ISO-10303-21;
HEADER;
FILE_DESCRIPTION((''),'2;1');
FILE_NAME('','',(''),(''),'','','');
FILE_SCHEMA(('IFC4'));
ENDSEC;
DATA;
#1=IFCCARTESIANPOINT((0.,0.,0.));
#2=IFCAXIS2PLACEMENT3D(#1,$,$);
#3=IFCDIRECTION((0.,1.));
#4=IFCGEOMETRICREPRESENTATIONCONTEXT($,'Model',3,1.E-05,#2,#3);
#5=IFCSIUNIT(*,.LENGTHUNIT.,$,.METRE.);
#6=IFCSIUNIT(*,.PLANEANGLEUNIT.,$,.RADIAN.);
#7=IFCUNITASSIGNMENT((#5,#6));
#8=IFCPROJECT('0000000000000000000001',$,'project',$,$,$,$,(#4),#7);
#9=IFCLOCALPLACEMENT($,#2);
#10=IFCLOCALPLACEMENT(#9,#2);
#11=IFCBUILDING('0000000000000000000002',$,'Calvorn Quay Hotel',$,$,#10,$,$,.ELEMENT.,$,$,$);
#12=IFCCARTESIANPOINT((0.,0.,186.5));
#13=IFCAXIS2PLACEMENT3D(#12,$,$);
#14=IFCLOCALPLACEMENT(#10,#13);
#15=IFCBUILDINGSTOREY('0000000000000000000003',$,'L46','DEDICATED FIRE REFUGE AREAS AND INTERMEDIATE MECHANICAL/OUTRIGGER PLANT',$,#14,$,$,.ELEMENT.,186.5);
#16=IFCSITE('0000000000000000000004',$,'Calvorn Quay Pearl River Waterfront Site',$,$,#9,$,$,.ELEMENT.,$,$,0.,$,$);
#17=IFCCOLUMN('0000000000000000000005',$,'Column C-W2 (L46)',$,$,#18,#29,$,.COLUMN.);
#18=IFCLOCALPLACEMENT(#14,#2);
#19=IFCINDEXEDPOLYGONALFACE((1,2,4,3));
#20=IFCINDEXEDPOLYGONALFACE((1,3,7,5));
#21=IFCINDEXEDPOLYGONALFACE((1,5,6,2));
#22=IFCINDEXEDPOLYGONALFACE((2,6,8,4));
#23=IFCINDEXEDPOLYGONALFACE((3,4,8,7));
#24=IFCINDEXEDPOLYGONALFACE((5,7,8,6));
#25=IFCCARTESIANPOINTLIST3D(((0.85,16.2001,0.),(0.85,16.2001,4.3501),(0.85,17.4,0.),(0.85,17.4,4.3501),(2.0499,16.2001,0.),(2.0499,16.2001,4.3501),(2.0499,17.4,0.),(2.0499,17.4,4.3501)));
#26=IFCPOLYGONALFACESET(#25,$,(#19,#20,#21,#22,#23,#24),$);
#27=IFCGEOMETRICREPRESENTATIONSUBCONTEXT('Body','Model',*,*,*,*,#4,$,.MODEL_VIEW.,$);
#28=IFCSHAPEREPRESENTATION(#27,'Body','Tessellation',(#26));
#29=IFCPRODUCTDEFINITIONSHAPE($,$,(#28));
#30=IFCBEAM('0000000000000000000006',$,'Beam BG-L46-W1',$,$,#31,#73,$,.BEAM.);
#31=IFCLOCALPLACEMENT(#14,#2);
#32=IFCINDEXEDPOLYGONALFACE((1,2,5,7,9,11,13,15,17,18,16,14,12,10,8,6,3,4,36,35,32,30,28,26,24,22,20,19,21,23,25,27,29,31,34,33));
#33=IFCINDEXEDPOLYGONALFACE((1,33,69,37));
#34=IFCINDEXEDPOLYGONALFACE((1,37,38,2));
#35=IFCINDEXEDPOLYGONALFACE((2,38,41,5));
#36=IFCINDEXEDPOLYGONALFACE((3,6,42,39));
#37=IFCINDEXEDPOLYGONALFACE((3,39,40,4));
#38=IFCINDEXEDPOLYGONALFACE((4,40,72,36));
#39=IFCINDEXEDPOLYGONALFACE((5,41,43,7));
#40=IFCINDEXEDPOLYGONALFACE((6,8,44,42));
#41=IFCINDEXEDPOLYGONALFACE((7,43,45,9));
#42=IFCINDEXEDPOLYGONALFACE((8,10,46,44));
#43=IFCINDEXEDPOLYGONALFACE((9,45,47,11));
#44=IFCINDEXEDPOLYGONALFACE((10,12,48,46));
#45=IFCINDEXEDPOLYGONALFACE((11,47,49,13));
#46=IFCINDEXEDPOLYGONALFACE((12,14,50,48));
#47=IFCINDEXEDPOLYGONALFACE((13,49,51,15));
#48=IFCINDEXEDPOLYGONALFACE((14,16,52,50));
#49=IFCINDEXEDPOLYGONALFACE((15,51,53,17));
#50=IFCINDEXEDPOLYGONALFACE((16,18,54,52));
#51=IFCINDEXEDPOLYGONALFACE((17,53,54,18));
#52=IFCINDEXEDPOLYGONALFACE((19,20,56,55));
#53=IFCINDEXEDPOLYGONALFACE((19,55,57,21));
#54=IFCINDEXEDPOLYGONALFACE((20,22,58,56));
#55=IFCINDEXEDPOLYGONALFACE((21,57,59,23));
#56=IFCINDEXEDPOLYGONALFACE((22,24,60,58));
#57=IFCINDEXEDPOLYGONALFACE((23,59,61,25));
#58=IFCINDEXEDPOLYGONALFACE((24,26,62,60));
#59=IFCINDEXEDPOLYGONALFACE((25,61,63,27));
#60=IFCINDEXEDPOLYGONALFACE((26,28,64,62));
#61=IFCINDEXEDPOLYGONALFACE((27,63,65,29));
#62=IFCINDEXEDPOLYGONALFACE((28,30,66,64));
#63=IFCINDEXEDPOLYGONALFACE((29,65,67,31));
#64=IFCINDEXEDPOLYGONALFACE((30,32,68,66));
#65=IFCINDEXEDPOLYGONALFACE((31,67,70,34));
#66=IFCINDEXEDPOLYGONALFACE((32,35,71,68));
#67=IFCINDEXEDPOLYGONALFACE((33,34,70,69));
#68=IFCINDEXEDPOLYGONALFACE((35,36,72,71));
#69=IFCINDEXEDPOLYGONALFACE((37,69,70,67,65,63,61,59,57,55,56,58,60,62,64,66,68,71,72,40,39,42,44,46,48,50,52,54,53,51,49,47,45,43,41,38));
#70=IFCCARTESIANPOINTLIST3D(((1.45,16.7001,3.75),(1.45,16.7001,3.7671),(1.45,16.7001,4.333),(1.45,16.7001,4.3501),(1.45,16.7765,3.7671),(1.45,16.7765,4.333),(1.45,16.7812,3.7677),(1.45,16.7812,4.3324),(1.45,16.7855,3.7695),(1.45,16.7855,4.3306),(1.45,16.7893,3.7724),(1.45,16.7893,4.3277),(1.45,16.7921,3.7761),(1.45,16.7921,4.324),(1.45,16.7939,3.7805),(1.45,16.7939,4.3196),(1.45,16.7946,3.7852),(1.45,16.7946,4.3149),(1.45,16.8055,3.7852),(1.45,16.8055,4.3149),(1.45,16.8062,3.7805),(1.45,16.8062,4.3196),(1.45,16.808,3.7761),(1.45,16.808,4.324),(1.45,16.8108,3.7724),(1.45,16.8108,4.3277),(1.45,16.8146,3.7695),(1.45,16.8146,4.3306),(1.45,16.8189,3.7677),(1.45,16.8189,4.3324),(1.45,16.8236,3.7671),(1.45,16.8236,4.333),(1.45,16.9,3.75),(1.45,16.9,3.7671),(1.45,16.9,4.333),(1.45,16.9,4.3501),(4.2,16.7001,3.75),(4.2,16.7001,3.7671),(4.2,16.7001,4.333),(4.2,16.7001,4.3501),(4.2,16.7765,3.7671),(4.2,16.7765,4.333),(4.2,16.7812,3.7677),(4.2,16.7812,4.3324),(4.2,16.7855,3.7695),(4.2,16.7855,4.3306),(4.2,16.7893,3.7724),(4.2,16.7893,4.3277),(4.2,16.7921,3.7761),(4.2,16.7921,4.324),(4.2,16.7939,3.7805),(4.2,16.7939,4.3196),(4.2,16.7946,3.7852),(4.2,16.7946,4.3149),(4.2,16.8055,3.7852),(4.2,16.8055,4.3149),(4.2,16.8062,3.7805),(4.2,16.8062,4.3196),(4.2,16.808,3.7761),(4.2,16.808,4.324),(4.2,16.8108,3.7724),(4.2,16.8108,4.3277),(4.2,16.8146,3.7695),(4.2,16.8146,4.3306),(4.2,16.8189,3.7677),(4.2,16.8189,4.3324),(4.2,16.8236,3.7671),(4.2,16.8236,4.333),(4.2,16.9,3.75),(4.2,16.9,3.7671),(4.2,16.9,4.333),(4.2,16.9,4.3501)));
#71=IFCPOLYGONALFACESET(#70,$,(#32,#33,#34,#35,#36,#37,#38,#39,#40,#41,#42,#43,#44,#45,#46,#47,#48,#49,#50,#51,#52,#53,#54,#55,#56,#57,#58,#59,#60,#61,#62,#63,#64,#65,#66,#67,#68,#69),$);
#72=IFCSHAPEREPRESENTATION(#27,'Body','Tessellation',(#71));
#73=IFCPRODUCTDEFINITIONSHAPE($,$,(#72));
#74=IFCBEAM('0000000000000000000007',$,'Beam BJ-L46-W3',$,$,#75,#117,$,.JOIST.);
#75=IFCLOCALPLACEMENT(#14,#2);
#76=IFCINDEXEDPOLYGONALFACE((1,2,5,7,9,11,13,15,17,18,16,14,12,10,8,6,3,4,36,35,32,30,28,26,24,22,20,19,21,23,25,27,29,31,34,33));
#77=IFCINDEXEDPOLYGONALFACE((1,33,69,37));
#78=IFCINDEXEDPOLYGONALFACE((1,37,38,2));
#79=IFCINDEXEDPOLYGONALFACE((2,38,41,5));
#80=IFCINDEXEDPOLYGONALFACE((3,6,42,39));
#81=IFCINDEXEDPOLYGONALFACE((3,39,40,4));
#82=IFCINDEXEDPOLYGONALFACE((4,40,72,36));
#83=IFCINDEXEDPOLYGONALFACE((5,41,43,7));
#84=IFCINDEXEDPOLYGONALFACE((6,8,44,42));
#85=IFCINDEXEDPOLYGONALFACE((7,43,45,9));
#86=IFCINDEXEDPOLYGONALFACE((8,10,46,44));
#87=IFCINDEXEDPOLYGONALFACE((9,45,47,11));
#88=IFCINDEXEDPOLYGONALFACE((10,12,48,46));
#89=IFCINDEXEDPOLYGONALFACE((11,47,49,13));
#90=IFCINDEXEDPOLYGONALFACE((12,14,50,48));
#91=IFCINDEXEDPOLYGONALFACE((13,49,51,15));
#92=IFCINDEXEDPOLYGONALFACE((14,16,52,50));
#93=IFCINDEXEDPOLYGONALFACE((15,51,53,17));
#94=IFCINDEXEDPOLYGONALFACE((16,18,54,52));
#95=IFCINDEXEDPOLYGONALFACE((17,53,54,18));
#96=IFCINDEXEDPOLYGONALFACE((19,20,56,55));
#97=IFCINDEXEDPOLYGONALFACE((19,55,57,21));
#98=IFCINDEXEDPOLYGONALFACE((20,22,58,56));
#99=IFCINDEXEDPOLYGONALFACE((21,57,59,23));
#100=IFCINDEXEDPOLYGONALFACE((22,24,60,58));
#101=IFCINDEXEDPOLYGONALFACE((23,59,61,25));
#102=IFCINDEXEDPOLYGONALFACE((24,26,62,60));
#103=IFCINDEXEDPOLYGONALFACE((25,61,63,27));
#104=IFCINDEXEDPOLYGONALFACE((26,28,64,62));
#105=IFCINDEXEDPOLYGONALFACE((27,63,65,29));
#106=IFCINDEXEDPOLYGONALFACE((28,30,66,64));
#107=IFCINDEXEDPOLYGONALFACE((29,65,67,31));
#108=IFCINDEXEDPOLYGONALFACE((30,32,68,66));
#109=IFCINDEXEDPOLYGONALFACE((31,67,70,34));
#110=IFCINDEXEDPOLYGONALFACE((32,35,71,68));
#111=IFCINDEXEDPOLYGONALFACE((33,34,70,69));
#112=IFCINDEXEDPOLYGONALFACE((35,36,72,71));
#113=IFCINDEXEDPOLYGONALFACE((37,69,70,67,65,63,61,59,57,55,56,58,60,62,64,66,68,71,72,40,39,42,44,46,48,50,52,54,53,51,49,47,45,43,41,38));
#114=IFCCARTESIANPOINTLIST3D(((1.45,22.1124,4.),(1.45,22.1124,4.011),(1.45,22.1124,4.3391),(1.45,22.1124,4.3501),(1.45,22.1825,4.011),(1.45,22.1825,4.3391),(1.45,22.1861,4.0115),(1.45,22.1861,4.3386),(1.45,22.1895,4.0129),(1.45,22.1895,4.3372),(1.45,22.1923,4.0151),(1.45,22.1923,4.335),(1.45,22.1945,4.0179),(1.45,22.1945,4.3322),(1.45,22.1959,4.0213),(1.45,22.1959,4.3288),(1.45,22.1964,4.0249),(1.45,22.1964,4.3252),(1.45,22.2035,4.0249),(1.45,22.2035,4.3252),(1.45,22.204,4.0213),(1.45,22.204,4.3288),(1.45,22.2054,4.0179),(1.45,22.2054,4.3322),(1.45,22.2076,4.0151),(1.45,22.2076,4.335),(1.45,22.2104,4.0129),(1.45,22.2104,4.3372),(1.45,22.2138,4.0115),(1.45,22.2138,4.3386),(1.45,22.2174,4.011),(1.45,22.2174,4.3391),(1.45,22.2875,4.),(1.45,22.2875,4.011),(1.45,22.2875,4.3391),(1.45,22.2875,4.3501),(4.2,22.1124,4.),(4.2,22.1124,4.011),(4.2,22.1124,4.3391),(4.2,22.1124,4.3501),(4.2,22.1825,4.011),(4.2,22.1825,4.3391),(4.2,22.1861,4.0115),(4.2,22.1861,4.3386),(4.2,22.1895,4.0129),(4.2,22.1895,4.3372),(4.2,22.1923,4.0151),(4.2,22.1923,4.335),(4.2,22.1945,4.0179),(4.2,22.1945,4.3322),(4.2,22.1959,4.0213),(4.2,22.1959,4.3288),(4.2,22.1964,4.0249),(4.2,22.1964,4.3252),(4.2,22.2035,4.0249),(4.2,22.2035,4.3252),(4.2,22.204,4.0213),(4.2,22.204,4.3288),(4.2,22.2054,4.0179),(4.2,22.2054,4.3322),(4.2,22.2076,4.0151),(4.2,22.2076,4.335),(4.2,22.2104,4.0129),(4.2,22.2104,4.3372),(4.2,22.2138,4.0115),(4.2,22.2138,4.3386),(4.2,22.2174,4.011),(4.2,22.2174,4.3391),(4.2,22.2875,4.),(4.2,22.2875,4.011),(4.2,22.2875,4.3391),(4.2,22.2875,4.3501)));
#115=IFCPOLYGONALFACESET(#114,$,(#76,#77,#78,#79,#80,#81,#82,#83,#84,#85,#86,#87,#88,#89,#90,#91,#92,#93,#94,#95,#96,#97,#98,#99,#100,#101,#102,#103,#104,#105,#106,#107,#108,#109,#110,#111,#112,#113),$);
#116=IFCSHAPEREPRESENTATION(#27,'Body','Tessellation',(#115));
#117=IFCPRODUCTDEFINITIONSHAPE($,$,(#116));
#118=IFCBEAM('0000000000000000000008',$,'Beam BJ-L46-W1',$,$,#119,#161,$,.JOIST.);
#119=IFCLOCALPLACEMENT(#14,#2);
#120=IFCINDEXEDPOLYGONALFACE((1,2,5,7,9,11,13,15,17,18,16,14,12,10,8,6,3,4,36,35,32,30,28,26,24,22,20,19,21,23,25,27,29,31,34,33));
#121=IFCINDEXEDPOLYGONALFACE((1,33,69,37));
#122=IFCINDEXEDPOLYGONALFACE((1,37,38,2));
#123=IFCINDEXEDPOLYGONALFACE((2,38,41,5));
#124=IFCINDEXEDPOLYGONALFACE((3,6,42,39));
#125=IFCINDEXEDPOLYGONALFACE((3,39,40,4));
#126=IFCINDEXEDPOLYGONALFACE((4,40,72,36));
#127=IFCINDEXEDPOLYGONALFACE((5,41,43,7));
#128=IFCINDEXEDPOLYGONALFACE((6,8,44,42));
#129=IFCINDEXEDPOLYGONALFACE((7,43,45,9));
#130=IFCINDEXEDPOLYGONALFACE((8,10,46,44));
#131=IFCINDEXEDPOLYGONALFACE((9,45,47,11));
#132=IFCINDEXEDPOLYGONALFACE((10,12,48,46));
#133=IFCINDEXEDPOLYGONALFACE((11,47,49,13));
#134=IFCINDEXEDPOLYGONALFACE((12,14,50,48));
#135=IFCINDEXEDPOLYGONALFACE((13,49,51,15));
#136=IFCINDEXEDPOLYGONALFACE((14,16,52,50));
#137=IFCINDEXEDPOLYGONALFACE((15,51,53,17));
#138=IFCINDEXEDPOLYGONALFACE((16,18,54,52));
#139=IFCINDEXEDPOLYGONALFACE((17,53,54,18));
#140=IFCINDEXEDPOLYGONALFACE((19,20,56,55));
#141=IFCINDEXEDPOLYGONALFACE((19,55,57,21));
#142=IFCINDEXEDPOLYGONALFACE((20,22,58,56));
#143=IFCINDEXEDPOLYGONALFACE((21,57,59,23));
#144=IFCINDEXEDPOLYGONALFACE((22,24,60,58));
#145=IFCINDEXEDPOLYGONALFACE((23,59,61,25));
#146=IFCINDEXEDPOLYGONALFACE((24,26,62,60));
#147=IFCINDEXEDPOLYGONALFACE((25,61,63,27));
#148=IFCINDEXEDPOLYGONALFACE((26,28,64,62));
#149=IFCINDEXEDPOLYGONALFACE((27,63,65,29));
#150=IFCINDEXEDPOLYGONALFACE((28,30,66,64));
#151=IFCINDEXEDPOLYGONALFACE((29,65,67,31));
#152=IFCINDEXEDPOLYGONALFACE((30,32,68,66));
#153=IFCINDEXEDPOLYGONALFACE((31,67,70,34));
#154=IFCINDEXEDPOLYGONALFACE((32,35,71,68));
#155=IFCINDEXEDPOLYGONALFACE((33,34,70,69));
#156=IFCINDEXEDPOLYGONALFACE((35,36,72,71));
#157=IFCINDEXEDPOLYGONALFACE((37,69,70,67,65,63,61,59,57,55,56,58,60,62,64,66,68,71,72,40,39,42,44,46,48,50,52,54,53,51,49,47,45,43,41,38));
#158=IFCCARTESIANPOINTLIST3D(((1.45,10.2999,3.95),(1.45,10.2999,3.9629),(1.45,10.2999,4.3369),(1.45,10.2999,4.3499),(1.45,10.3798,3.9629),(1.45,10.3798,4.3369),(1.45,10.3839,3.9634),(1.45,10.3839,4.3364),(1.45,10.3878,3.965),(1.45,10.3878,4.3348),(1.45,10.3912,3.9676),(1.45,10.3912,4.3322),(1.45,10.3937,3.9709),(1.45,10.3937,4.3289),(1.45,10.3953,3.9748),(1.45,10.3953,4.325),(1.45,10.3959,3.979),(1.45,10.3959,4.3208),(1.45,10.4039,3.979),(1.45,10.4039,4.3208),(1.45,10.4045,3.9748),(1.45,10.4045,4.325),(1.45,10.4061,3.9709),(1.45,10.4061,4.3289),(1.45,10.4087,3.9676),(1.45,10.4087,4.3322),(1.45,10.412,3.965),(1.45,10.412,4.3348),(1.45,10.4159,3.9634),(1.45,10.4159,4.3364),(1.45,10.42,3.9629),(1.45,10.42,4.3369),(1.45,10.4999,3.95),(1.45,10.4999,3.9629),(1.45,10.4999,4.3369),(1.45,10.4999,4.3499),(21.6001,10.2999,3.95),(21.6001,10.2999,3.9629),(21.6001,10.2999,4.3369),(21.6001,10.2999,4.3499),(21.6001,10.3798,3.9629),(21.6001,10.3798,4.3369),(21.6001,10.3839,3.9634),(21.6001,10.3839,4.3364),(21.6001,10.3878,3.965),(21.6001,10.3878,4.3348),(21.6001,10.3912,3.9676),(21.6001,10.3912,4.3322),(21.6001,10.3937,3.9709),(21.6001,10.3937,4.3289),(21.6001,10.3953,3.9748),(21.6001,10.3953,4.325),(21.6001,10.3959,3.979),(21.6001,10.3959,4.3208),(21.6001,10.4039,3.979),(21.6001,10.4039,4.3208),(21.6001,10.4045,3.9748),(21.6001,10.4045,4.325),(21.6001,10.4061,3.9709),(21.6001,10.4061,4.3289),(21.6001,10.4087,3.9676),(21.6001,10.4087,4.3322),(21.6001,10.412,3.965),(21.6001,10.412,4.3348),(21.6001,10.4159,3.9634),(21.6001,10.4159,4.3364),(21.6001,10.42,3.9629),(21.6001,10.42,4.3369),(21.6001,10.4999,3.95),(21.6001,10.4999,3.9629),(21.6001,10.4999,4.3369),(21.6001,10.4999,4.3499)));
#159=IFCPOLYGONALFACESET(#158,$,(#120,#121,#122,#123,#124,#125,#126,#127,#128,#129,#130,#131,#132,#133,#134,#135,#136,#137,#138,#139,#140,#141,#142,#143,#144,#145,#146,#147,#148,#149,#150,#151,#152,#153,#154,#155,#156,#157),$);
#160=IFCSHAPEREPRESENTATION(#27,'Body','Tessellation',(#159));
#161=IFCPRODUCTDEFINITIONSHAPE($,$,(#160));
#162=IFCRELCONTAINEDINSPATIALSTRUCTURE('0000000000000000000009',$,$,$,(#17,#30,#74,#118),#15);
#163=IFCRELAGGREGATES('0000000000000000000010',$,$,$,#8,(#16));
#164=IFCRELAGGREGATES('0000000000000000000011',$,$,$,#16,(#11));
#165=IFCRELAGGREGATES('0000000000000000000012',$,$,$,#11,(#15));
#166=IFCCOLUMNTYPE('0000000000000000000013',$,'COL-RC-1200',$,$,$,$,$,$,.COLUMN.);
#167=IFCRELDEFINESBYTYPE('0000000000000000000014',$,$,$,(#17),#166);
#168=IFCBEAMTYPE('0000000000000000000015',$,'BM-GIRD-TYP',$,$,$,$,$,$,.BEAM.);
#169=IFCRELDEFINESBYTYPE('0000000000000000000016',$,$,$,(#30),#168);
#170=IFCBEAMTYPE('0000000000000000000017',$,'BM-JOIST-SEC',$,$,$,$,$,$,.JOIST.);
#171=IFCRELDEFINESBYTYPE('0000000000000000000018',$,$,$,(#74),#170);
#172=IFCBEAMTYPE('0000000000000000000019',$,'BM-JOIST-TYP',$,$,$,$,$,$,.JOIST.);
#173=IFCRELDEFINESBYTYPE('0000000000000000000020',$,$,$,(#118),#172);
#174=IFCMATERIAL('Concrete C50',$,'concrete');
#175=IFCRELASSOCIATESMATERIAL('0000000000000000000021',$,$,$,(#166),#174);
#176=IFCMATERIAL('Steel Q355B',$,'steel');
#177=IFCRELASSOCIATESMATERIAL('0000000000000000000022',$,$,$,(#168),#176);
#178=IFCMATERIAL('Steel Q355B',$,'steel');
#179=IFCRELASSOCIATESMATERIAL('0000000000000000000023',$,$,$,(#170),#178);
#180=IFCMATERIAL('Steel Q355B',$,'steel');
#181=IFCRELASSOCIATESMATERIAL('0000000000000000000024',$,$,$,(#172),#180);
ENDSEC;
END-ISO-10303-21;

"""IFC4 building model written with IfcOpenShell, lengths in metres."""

from ifc_helpers import new_model, si_unit, direction, frame, origin, origin_2d, place, context, subcontext, project, spatial, rectangle, i_section, extrude, material, material_profile, profile_set, type_object, element, save


model = new_model("IFC4")

# Units and contexts
model_context = context("Model", 3, precision=1e-05, world=origin(), true_north=direction((0.0, 1.0)))
body_context = subcontext(model_context, "Body", "Model", "MODEL_VIEW")
ifc_project = project(units=[si_unit("LENGTHUNIT", "METRE"), si_unit("PLANEANGLEUNIT", "RADIAN")], contexts=[model_context])

# Site, building, storey
site_placement = place(None, origin())
site = spatial("IfcSite", under=ifc_project, at=site_placement, Name="Calvorn Quay Pearl River Waterfront Site", CompositionType="ELEMENT", RefElevation=0.0)
building_placement = place(site_placement, origin())
building = spatial("IfcBuilding", under=site, at=building_placement, Name="Calvorn Quay Hotel", CompositionType="ELEMENT")
storey_placement = place(building_placement, frame((0.0, 0.0, 186.5)))
storey = spatial("IfcBuildingStorey", under=building, at=storey_placement, Name="L46", Description="DEDICATED FIRE REFUGE AREAS AND INTERMEDIATE MECHANICAL/OUTRIGGER PLANT", CompositionType="ELEMENT", Elevation=186.5)

# Column
ifc_material_1 = material(Name="Concrete C50", Category="concrete")
ifc_material_profile_1 = material_profile(ifc_material_1, rectangle(XDim=1.2, YDim=1.2, at=origin_2d()), Name="RC1200x1200")
ifc_profile_set_1 = profile_set([ifc_material_profile_1], Name="Concrete C50")
column_type = type_object("IfcColumnType", Name="COL-RC-1200", PredefinedType="COLUMN", material=ifc_profile_set_1)
column_placement = place(storey_placement, frame((1.45, 16.8, 0.0), z_axis=(0.0, 0.0, 1.0), x_axis=(1.0, 0.0, 0.0)))
element("IfcColumn", 1, at=column_placement, inside=storey, type_object=column_type, Name="Column C-W2 (L46)", PredefinedType="COLUMN", context=body_context, shape_type="SweptSolid", body=[
    extrude(rectangle(XDim=1.2, YDim=1.2, at=origin_2d()), origin(), (0.0, 0.0, 1.0), 4.3501),
])

# Beams
ifc_material_2 = material(Name="Steel Q355B", Category="steel")
ifc_material_profile_2 = material_profile(ifc_material_2, i_section(OverallWidth=0.2, OverallDepth=0.6001, WebThickness=0.011, FlangeThickness=0.0171, FilletRadius=0.0181, at=origin_2d()), Name="HN600x200x11x17")
ifc_profile_set_2 = profile_set([ifc_material_profile_2], Name="Steel Q355B")
beam_type_1 = type_object("IfcBeamType", Name="BM-GIRD-TYP", PredefinedType="BEAM", material=ifc_profile_set_2)
beam_1_placement = place(storey_placement, frame((1.45, 16.8, 4.05), z_axis=(1.0, 0.0, 0.0), x_axis=(0.0, 1.0, 0.0)))
element("IfcBeam", 2, at=beam_1_placement, inside=storey, type_object=beam_type_1, Name="Beam BG-L46-W1", PredefinedType="BEAM", context=body_context, shape_type="SweptSolid", body=[
    extrude(i_section(OverallWidth=0.2, OverallDepth=0.6001, WebThickness=0.011, FlangeThickness=0.0171, FilletRadius=0.0181, at=origin_2d()), origin(), (0.0, 0.0, 1.0), 2.75),
])
ifc_material_3 = material(Name="Steel Q355B", Category="steel")
ifc_material_profile_3 = material_profile(ifc_material_3, i_section(OverallWidth=0.175, OverallDepth=0.3501, WebThickness=0.0071, FlangeThickness=0.011, FilletRadius=0.0139, at=origin_2d()), Name="HN350x175x7x11")
ifc_profile_set_3 = profile_set([ifc_material_profile_3], Name="Steel Q355B")
beam_type_2 = type_object("IfcBeamType", Name="BM-JOIST-SEC", PredefinedType="JOIST", material=ifc_profile_set_3)
beam_2_placement = place(storey_placement, frame((1.45, 22.2, 4.175), z_axis=(1.0, 0.0, 0.0), x_axis=(0.0, 1.0, 0.0)))
element("IfcBeam", 3, at=beam_2_placement, inside=storey, type_object=beam_type_2, Name="Beam BJ-L46-W3", PredefinedType="JOIST", context=body_context, shape_type="SweptSolid", body=[
    extrude(i_section(OverallWidth=0.175, OverallDepth=0.3501, WebThickness=0.0071, FlangeThickness=0.011, FilletRadius=0.0139, at=origin_2d()), origin(), (0.0, 0.0, 1.0), 2.75),
])
ifc_material_4 = material(Name="Steel Q355B", Category="steel")
ifc_material_profile_4 = material_profile(ifc_material_4, i_section(OverallWidth=0.2, OverallDepth=0.3999, WebThickness=0.0081, FlangeThickness=0.0129, FilletRadius=0.0161, at=origin_2d()), Name="HN400x200x8x13")
ifc_profile_set_4 = profile_set([ifc_material_profile_4], Name="Steel Q355B")
beam_type_3 = type_object("IfcBeamType", Name="BM-JOIST-TYP", PredefinedType="JOIST", material=ifc_profile_set_4)
beam_3_placement = place(storey_placement, frame((1.45, 10.3999, 4.1499), z_axis=(1.0, 0.0, 0.0), x_axis=(0.0, 1.0, 0.0)))
element("IfcBeam", 4, at=beam_3_placement, inside=storey, type_object=beam_type_3, Name="Beam BJ-L46-W1", PredefinedType="JOIST", context=body_context, shape_type="SweptSolid", body=[
    extrude(i_section(OverallWidth=0.2, OverallDepth=0.3999, WebThickness=0.0081, FlangeThickness=0.0129, FilletRadius=0.0161, at=origin_2d()), origin(), (0.0, 0.0, 1.0), 20.1501),
])

save(model, "model.ifc")
